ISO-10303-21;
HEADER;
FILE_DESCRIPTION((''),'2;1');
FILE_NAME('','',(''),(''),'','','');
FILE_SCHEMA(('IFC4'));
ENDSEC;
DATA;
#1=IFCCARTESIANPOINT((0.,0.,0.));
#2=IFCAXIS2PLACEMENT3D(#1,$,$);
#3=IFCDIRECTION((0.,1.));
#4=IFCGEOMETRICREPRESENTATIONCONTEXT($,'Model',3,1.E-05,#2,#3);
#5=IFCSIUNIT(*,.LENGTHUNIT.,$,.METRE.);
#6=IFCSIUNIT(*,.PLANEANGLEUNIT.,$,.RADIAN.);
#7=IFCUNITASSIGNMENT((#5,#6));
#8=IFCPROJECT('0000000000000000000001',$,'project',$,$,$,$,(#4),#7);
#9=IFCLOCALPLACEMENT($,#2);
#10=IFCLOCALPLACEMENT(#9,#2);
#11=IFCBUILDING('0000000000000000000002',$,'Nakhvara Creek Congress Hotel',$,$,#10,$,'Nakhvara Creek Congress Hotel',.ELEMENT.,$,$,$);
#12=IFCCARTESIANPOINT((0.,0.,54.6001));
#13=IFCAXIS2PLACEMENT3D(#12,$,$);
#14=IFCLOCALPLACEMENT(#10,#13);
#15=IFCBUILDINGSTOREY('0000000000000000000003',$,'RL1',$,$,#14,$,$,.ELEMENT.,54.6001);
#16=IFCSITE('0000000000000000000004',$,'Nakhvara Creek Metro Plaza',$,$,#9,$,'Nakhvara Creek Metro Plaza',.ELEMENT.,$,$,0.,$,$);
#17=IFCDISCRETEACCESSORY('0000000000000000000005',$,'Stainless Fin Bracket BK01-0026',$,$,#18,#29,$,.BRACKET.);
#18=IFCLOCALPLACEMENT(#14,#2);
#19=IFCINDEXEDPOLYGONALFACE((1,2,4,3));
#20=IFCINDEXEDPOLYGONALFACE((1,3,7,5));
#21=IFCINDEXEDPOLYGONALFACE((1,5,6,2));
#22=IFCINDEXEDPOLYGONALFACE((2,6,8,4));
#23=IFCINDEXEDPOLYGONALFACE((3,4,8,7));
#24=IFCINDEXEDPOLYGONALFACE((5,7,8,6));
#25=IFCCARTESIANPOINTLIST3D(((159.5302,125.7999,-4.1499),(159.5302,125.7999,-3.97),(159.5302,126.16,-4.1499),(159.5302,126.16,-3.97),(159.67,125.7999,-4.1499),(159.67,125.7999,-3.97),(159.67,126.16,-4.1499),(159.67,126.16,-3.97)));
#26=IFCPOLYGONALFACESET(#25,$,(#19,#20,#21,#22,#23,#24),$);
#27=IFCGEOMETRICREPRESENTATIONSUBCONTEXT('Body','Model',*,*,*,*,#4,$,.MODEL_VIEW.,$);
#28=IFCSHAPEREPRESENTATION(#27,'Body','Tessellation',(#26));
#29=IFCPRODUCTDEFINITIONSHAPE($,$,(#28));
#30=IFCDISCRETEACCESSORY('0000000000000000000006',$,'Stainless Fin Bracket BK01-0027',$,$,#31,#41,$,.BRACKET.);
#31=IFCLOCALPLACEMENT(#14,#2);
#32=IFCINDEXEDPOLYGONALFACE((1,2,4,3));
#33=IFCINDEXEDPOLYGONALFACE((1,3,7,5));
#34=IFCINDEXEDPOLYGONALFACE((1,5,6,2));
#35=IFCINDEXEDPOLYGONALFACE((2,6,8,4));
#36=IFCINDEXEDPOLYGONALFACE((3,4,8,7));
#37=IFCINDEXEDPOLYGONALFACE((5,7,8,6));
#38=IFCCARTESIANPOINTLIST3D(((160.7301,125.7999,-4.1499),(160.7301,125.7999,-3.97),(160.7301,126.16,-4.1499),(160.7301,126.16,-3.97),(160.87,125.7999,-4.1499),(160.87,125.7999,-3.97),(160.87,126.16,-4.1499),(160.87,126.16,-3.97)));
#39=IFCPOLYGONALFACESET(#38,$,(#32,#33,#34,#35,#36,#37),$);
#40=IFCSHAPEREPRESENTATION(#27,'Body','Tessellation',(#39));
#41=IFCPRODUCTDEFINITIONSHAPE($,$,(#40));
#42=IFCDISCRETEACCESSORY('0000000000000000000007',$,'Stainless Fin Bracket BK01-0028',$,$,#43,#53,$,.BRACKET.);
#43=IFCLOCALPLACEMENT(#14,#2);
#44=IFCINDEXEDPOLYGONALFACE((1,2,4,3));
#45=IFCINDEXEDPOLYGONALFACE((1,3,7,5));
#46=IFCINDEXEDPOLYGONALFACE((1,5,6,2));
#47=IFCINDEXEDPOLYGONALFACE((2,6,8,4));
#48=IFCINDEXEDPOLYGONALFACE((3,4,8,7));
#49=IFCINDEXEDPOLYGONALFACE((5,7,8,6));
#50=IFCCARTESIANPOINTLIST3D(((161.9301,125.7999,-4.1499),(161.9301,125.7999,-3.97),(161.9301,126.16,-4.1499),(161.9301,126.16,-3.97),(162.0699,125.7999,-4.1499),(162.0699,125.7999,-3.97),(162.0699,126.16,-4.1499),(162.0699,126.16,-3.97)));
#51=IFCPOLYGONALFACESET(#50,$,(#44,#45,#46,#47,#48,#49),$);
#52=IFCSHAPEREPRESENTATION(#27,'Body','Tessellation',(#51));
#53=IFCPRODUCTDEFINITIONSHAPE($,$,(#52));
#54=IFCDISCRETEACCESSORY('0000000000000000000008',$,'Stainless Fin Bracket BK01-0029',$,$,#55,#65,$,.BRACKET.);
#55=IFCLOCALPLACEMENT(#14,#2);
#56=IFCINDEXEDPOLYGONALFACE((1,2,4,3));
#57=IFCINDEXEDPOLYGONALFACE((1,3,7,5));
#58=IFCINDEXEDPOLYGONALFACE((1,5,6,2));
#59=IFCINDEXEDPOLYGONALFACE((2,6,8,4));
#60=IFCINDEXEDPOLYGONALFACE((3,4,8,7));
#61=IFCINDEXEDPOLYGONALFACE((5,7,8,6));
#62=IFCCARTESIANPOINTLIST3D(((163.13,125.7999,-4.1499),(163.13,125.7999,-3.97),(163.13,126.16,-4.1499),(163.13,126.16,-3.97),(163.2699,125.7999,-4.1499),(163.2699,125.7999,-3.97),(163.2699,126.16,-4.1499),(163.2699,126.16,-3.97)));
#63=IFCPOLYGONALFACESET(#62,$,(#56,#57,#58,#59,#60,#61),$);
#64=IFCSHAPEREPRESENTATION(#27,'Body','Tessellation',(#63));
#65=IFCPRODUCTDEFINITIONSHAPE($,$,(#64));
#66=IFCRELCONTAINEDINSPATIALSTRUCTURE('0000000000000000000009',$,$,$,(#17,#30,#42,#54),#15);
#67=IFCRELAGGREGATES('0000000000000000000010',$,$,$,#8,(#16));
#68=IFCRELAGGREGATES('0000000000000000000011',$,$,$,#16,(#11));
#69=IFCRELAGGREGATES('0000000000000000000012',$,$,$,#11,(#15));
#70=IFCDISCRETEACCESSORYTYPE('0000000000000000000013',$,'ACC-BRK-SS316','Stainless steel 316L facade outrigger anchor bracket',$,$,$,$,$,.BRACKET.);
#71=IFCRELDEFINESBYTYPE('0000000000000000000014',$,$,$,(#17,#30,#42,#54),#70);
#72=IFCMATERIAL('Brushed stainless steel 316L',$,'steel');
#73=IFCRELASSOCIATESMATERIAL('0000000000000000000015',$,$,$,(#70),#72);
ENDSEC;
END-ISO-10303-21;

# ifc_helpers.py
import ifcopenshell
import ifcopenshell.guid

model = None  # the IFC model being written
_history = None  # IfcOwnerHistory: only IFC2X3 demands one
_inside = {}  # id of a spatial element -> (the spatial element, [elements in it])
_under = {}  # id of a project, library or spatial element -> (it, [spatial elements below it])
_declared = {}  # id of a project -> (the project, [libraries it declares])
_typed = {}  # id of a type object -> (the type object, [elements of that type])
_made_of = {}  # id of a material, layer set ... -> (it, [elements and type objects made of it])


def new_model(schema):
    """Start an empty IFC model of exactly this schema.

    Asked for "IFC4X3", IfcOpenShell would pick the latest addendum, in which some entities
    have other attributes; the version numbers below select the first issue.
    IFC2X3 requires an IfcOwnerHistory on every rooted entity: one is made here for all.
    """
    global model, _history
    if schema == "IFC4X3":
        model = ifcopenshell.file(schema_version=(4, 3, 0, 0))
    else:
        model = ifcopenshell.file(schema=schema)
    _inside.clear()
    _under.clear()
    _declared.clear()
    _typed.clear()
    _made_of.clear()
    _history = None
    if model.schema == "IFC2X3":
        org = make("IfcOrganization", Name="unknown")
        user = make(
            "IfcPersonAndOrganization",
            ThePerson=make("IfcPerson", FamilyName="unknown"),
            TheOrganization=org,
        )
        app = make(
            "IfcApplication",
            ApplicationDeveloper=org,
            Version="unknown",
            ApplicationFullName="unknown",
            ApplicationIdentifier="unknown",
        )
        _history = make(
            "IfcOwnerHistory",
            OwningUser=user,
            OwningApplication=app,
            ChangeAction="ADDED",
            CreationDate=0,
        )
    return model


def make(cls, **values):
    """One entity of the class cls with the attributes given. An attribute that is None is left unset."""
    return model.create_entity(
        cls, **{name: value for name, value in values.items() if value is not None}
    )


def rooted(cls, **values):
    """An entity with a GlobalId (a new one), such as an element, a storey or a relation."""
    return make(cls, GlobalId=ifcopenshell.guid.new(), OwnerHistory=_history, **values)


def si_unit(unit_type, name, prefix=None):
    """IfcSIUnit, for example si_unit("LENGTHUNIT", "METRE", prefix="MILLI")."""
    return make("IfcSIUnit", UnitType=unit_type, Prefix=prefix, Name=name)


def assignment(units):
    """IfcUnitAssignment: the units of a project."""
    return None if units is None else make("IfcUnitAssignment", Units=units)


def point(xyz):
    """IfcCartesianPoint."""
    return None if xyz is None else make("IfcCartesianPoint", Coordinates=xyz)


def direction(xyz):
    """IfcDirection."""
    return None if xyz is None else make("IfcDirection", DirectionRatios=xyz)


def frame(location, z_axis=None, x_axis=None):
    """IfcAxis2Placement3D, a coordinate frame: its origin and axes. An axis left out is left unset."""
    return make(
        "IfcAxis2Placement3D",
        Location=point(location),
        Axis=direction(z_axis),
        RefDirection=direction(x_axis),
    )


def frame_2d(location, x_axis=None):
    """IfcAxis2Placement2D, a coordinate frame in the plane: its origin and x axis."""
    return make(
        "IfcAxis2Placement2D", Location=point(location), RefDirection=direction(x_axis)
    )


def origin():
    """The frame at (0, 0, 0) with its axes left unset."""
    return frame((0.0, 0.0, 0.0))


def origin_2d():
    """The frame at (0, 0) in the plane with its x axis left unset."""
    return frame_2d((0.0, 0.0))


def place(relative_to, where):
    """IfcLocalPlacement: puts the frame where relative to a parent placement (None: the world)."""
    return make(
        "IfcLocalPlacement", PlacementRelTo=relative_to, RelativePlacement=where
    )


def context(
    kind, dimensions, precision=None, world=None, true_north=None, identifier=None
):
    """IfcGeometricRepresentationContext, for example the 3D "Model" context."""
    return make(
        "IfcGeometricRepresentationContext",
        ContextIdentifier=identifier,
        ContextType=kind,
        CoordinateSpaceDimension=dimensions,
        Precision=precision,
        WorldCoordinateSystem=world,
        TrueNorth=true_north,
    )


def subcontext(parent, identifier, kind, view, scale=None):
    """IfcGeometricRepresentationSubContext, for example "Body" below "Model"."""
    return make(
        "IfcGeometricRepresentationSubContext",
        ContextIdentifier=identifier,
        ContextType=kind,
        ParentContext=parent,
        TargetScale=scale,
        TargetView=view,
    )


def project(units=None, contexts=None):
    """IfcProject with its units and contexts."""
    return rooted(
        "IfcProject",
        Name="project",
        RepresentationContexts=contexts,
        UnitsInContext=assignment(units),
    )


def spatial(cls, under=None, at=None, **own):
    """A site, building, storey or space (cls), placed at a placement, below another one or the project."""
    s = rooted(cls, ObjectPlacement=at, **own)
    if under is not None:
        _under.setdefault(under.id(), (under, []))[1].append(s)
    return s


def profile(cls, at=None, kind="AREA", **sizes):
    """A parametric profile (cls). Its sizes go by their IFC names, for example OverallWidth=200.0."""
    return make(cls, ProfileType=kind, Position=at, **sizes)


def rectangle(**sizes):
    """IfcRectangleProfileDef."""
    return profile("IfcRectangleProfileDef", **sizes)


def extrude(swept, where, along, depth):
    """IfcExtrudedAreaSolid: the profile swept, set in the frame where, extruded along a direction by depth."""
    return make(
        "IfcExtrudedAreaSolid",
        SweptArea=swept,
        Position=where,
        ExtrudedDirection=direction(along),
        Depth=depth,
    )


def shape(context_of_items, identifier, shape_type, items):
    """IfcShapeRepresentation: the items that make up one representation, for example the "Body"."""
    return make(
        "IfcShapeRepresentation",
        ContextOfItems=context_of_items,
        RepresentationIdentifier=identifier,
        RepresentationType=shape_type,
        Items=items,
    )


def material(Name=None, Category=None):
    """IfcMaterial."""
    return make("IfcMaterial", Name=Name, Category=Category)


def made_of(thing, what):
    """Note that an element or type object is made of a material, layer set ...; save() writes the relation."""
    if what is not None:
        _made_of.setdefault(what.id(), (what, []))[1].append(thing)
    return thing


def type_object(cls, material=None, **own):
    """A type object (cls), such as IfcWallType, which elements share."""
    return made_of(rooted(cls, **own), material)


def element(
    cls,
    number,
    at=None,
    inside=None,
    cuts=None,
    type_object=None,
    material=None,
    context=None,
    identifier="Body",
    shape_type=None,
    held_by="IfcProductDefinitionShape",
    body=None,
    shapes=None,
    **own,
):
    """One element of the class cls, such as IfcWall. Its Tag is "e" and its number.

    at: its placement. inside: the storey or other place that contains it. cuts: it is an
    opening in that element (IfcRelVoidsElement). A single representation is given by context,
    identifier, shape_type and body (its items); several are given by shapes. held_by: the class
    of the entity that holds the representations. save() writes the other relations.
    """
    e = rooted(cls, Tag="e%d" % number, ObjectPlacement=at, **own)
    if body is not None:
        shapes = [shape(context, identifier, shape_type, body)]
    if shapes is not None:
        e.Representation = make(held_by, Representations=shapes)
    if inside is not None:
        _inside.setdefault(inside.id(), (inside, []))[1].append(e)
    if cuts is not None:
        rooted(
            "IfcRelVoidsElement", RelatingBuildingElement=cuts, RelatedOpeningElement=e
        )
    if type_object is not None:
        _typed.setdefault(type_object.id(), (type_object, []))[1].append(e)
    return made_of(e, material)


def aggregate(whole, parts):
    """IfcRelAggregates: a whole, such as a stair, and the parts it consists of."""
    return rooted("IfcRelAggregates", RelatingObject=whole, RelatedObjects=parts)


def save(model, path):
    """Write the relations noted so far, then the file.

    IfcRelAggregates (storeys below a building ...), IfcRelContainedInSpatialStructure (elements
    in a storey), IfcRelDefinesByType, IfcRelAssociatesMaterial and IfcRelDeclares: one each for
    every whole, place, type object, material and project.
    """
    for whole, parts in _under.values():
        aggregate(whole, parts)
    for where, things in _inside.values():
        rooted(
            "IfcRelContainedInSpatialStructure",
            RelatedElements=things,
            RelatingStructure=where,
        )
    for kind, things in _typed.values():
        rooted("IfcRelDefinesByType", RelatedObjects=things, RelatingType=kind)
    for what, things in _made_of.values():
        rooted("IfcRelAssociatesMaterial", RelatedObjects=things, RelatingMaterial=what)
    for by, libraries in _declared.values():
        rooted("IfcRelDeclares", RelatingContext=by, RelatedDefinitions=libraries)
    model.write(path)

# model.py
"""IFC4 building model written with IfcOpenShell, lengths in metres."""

from ifc_helpers import new_model, si_unit, direction, frame, origin, origin_2d, place, context, subcontext, project, spatial, rectangle, extrude, material, type_object, element, save


model = new_model("IFC4")

# Units and contexts
model_context = context("Model", 3, precision=1e-05, world=origin(), true_north=direction((0.0, 1.0)))
body_context = subcontext(model_context, "Body", "Model", "MODEL_VIEW")
ifc_project = project(units=[si_unit("LENGTHUNIT", "METRE"), si_unit("PLANEANGLEUNIT", "RADIAN")], contexts=[model_context])

# Site, building, storey
site_placement = place(None, origin())
site = spatial("IfcSite", under=ifc_project, at=site_placement, Name="Nakhvara Creek Metro Plaza", LongName="Nakhvara Creek Metro Plaza", CompositionType="ELEMENT", RefElevation=0.0)
building_placement = place(site_placement, origin())
building = spatial("IfcBuilding", under=site, at=building_placement, Name="Nakhvara Creek Congress Hotel", LongName="Nakhvara Creek Congress Hotel", CompositionType="ELEMENT")
storey_placement = place(building_placement, frame((0.0, 0.0, 54.6001)))
storey = spatial("IfcBuildingStorey", under=building, at=storey_placement, Name="RL1", CompositionType="ELEMENT", Elevation=54.6001)

# Discrete accessories
ifc_material_1 = material(Name="Brushed stainless steel 316L", Category="steel")
discrete_accessory_type = type_object("IfcDiscreteAccessoryType", Name="ACC-BRK-SS316", Description="Stainless steel 316L facade outrigger anchor bracket", PredefinedType="BRACKET", material=ifc_material_1)
for number, where, z_axis, x_axis, name in (
    (1, (159.6001, 125.98, -4.1499), (0.0, 0.0, 1.0), (1.0, 0.0, 0.0), "Stainless Fin Bracket BK01-0026"),
    (2, (160.8, 125.98, -4.1499), (0.0, 0.0, 1.0), (1.0, 0.0, 0.0), "Stainless Fin Bracket BK01-0027"),
    (3, (162.0, 125.98, -4.1499), (0.0, 0.0, 1.0), (1.0, 0.0, 0.0), "Stainless Fin Bracket BK01-0028"),
    (4, (163.2, 125.98, -4.1499), (0.0, 0.0, 1.0), (1.0, 0.0, 0.0), "Stainless Fin Bracket BK01-0029"),
):
    element("IfcDiscreteAccessory", number, at=place(storey_placement, frame(where, z_axis=z_axis, x_axis=x_axis)), inside=storey, type_object=discrete_accessory_type, Name=name, PredefinedType="BRACKET", context=body_context, shape_type="SweptSolid", body=[
        extrude(rectangle(XDim=0.1399, YDim=0.3601, at=origin_2d()), origin(), (0.0, 0.0, 1.0), 0.1799),
    ])

save(model, "model.ifc")
